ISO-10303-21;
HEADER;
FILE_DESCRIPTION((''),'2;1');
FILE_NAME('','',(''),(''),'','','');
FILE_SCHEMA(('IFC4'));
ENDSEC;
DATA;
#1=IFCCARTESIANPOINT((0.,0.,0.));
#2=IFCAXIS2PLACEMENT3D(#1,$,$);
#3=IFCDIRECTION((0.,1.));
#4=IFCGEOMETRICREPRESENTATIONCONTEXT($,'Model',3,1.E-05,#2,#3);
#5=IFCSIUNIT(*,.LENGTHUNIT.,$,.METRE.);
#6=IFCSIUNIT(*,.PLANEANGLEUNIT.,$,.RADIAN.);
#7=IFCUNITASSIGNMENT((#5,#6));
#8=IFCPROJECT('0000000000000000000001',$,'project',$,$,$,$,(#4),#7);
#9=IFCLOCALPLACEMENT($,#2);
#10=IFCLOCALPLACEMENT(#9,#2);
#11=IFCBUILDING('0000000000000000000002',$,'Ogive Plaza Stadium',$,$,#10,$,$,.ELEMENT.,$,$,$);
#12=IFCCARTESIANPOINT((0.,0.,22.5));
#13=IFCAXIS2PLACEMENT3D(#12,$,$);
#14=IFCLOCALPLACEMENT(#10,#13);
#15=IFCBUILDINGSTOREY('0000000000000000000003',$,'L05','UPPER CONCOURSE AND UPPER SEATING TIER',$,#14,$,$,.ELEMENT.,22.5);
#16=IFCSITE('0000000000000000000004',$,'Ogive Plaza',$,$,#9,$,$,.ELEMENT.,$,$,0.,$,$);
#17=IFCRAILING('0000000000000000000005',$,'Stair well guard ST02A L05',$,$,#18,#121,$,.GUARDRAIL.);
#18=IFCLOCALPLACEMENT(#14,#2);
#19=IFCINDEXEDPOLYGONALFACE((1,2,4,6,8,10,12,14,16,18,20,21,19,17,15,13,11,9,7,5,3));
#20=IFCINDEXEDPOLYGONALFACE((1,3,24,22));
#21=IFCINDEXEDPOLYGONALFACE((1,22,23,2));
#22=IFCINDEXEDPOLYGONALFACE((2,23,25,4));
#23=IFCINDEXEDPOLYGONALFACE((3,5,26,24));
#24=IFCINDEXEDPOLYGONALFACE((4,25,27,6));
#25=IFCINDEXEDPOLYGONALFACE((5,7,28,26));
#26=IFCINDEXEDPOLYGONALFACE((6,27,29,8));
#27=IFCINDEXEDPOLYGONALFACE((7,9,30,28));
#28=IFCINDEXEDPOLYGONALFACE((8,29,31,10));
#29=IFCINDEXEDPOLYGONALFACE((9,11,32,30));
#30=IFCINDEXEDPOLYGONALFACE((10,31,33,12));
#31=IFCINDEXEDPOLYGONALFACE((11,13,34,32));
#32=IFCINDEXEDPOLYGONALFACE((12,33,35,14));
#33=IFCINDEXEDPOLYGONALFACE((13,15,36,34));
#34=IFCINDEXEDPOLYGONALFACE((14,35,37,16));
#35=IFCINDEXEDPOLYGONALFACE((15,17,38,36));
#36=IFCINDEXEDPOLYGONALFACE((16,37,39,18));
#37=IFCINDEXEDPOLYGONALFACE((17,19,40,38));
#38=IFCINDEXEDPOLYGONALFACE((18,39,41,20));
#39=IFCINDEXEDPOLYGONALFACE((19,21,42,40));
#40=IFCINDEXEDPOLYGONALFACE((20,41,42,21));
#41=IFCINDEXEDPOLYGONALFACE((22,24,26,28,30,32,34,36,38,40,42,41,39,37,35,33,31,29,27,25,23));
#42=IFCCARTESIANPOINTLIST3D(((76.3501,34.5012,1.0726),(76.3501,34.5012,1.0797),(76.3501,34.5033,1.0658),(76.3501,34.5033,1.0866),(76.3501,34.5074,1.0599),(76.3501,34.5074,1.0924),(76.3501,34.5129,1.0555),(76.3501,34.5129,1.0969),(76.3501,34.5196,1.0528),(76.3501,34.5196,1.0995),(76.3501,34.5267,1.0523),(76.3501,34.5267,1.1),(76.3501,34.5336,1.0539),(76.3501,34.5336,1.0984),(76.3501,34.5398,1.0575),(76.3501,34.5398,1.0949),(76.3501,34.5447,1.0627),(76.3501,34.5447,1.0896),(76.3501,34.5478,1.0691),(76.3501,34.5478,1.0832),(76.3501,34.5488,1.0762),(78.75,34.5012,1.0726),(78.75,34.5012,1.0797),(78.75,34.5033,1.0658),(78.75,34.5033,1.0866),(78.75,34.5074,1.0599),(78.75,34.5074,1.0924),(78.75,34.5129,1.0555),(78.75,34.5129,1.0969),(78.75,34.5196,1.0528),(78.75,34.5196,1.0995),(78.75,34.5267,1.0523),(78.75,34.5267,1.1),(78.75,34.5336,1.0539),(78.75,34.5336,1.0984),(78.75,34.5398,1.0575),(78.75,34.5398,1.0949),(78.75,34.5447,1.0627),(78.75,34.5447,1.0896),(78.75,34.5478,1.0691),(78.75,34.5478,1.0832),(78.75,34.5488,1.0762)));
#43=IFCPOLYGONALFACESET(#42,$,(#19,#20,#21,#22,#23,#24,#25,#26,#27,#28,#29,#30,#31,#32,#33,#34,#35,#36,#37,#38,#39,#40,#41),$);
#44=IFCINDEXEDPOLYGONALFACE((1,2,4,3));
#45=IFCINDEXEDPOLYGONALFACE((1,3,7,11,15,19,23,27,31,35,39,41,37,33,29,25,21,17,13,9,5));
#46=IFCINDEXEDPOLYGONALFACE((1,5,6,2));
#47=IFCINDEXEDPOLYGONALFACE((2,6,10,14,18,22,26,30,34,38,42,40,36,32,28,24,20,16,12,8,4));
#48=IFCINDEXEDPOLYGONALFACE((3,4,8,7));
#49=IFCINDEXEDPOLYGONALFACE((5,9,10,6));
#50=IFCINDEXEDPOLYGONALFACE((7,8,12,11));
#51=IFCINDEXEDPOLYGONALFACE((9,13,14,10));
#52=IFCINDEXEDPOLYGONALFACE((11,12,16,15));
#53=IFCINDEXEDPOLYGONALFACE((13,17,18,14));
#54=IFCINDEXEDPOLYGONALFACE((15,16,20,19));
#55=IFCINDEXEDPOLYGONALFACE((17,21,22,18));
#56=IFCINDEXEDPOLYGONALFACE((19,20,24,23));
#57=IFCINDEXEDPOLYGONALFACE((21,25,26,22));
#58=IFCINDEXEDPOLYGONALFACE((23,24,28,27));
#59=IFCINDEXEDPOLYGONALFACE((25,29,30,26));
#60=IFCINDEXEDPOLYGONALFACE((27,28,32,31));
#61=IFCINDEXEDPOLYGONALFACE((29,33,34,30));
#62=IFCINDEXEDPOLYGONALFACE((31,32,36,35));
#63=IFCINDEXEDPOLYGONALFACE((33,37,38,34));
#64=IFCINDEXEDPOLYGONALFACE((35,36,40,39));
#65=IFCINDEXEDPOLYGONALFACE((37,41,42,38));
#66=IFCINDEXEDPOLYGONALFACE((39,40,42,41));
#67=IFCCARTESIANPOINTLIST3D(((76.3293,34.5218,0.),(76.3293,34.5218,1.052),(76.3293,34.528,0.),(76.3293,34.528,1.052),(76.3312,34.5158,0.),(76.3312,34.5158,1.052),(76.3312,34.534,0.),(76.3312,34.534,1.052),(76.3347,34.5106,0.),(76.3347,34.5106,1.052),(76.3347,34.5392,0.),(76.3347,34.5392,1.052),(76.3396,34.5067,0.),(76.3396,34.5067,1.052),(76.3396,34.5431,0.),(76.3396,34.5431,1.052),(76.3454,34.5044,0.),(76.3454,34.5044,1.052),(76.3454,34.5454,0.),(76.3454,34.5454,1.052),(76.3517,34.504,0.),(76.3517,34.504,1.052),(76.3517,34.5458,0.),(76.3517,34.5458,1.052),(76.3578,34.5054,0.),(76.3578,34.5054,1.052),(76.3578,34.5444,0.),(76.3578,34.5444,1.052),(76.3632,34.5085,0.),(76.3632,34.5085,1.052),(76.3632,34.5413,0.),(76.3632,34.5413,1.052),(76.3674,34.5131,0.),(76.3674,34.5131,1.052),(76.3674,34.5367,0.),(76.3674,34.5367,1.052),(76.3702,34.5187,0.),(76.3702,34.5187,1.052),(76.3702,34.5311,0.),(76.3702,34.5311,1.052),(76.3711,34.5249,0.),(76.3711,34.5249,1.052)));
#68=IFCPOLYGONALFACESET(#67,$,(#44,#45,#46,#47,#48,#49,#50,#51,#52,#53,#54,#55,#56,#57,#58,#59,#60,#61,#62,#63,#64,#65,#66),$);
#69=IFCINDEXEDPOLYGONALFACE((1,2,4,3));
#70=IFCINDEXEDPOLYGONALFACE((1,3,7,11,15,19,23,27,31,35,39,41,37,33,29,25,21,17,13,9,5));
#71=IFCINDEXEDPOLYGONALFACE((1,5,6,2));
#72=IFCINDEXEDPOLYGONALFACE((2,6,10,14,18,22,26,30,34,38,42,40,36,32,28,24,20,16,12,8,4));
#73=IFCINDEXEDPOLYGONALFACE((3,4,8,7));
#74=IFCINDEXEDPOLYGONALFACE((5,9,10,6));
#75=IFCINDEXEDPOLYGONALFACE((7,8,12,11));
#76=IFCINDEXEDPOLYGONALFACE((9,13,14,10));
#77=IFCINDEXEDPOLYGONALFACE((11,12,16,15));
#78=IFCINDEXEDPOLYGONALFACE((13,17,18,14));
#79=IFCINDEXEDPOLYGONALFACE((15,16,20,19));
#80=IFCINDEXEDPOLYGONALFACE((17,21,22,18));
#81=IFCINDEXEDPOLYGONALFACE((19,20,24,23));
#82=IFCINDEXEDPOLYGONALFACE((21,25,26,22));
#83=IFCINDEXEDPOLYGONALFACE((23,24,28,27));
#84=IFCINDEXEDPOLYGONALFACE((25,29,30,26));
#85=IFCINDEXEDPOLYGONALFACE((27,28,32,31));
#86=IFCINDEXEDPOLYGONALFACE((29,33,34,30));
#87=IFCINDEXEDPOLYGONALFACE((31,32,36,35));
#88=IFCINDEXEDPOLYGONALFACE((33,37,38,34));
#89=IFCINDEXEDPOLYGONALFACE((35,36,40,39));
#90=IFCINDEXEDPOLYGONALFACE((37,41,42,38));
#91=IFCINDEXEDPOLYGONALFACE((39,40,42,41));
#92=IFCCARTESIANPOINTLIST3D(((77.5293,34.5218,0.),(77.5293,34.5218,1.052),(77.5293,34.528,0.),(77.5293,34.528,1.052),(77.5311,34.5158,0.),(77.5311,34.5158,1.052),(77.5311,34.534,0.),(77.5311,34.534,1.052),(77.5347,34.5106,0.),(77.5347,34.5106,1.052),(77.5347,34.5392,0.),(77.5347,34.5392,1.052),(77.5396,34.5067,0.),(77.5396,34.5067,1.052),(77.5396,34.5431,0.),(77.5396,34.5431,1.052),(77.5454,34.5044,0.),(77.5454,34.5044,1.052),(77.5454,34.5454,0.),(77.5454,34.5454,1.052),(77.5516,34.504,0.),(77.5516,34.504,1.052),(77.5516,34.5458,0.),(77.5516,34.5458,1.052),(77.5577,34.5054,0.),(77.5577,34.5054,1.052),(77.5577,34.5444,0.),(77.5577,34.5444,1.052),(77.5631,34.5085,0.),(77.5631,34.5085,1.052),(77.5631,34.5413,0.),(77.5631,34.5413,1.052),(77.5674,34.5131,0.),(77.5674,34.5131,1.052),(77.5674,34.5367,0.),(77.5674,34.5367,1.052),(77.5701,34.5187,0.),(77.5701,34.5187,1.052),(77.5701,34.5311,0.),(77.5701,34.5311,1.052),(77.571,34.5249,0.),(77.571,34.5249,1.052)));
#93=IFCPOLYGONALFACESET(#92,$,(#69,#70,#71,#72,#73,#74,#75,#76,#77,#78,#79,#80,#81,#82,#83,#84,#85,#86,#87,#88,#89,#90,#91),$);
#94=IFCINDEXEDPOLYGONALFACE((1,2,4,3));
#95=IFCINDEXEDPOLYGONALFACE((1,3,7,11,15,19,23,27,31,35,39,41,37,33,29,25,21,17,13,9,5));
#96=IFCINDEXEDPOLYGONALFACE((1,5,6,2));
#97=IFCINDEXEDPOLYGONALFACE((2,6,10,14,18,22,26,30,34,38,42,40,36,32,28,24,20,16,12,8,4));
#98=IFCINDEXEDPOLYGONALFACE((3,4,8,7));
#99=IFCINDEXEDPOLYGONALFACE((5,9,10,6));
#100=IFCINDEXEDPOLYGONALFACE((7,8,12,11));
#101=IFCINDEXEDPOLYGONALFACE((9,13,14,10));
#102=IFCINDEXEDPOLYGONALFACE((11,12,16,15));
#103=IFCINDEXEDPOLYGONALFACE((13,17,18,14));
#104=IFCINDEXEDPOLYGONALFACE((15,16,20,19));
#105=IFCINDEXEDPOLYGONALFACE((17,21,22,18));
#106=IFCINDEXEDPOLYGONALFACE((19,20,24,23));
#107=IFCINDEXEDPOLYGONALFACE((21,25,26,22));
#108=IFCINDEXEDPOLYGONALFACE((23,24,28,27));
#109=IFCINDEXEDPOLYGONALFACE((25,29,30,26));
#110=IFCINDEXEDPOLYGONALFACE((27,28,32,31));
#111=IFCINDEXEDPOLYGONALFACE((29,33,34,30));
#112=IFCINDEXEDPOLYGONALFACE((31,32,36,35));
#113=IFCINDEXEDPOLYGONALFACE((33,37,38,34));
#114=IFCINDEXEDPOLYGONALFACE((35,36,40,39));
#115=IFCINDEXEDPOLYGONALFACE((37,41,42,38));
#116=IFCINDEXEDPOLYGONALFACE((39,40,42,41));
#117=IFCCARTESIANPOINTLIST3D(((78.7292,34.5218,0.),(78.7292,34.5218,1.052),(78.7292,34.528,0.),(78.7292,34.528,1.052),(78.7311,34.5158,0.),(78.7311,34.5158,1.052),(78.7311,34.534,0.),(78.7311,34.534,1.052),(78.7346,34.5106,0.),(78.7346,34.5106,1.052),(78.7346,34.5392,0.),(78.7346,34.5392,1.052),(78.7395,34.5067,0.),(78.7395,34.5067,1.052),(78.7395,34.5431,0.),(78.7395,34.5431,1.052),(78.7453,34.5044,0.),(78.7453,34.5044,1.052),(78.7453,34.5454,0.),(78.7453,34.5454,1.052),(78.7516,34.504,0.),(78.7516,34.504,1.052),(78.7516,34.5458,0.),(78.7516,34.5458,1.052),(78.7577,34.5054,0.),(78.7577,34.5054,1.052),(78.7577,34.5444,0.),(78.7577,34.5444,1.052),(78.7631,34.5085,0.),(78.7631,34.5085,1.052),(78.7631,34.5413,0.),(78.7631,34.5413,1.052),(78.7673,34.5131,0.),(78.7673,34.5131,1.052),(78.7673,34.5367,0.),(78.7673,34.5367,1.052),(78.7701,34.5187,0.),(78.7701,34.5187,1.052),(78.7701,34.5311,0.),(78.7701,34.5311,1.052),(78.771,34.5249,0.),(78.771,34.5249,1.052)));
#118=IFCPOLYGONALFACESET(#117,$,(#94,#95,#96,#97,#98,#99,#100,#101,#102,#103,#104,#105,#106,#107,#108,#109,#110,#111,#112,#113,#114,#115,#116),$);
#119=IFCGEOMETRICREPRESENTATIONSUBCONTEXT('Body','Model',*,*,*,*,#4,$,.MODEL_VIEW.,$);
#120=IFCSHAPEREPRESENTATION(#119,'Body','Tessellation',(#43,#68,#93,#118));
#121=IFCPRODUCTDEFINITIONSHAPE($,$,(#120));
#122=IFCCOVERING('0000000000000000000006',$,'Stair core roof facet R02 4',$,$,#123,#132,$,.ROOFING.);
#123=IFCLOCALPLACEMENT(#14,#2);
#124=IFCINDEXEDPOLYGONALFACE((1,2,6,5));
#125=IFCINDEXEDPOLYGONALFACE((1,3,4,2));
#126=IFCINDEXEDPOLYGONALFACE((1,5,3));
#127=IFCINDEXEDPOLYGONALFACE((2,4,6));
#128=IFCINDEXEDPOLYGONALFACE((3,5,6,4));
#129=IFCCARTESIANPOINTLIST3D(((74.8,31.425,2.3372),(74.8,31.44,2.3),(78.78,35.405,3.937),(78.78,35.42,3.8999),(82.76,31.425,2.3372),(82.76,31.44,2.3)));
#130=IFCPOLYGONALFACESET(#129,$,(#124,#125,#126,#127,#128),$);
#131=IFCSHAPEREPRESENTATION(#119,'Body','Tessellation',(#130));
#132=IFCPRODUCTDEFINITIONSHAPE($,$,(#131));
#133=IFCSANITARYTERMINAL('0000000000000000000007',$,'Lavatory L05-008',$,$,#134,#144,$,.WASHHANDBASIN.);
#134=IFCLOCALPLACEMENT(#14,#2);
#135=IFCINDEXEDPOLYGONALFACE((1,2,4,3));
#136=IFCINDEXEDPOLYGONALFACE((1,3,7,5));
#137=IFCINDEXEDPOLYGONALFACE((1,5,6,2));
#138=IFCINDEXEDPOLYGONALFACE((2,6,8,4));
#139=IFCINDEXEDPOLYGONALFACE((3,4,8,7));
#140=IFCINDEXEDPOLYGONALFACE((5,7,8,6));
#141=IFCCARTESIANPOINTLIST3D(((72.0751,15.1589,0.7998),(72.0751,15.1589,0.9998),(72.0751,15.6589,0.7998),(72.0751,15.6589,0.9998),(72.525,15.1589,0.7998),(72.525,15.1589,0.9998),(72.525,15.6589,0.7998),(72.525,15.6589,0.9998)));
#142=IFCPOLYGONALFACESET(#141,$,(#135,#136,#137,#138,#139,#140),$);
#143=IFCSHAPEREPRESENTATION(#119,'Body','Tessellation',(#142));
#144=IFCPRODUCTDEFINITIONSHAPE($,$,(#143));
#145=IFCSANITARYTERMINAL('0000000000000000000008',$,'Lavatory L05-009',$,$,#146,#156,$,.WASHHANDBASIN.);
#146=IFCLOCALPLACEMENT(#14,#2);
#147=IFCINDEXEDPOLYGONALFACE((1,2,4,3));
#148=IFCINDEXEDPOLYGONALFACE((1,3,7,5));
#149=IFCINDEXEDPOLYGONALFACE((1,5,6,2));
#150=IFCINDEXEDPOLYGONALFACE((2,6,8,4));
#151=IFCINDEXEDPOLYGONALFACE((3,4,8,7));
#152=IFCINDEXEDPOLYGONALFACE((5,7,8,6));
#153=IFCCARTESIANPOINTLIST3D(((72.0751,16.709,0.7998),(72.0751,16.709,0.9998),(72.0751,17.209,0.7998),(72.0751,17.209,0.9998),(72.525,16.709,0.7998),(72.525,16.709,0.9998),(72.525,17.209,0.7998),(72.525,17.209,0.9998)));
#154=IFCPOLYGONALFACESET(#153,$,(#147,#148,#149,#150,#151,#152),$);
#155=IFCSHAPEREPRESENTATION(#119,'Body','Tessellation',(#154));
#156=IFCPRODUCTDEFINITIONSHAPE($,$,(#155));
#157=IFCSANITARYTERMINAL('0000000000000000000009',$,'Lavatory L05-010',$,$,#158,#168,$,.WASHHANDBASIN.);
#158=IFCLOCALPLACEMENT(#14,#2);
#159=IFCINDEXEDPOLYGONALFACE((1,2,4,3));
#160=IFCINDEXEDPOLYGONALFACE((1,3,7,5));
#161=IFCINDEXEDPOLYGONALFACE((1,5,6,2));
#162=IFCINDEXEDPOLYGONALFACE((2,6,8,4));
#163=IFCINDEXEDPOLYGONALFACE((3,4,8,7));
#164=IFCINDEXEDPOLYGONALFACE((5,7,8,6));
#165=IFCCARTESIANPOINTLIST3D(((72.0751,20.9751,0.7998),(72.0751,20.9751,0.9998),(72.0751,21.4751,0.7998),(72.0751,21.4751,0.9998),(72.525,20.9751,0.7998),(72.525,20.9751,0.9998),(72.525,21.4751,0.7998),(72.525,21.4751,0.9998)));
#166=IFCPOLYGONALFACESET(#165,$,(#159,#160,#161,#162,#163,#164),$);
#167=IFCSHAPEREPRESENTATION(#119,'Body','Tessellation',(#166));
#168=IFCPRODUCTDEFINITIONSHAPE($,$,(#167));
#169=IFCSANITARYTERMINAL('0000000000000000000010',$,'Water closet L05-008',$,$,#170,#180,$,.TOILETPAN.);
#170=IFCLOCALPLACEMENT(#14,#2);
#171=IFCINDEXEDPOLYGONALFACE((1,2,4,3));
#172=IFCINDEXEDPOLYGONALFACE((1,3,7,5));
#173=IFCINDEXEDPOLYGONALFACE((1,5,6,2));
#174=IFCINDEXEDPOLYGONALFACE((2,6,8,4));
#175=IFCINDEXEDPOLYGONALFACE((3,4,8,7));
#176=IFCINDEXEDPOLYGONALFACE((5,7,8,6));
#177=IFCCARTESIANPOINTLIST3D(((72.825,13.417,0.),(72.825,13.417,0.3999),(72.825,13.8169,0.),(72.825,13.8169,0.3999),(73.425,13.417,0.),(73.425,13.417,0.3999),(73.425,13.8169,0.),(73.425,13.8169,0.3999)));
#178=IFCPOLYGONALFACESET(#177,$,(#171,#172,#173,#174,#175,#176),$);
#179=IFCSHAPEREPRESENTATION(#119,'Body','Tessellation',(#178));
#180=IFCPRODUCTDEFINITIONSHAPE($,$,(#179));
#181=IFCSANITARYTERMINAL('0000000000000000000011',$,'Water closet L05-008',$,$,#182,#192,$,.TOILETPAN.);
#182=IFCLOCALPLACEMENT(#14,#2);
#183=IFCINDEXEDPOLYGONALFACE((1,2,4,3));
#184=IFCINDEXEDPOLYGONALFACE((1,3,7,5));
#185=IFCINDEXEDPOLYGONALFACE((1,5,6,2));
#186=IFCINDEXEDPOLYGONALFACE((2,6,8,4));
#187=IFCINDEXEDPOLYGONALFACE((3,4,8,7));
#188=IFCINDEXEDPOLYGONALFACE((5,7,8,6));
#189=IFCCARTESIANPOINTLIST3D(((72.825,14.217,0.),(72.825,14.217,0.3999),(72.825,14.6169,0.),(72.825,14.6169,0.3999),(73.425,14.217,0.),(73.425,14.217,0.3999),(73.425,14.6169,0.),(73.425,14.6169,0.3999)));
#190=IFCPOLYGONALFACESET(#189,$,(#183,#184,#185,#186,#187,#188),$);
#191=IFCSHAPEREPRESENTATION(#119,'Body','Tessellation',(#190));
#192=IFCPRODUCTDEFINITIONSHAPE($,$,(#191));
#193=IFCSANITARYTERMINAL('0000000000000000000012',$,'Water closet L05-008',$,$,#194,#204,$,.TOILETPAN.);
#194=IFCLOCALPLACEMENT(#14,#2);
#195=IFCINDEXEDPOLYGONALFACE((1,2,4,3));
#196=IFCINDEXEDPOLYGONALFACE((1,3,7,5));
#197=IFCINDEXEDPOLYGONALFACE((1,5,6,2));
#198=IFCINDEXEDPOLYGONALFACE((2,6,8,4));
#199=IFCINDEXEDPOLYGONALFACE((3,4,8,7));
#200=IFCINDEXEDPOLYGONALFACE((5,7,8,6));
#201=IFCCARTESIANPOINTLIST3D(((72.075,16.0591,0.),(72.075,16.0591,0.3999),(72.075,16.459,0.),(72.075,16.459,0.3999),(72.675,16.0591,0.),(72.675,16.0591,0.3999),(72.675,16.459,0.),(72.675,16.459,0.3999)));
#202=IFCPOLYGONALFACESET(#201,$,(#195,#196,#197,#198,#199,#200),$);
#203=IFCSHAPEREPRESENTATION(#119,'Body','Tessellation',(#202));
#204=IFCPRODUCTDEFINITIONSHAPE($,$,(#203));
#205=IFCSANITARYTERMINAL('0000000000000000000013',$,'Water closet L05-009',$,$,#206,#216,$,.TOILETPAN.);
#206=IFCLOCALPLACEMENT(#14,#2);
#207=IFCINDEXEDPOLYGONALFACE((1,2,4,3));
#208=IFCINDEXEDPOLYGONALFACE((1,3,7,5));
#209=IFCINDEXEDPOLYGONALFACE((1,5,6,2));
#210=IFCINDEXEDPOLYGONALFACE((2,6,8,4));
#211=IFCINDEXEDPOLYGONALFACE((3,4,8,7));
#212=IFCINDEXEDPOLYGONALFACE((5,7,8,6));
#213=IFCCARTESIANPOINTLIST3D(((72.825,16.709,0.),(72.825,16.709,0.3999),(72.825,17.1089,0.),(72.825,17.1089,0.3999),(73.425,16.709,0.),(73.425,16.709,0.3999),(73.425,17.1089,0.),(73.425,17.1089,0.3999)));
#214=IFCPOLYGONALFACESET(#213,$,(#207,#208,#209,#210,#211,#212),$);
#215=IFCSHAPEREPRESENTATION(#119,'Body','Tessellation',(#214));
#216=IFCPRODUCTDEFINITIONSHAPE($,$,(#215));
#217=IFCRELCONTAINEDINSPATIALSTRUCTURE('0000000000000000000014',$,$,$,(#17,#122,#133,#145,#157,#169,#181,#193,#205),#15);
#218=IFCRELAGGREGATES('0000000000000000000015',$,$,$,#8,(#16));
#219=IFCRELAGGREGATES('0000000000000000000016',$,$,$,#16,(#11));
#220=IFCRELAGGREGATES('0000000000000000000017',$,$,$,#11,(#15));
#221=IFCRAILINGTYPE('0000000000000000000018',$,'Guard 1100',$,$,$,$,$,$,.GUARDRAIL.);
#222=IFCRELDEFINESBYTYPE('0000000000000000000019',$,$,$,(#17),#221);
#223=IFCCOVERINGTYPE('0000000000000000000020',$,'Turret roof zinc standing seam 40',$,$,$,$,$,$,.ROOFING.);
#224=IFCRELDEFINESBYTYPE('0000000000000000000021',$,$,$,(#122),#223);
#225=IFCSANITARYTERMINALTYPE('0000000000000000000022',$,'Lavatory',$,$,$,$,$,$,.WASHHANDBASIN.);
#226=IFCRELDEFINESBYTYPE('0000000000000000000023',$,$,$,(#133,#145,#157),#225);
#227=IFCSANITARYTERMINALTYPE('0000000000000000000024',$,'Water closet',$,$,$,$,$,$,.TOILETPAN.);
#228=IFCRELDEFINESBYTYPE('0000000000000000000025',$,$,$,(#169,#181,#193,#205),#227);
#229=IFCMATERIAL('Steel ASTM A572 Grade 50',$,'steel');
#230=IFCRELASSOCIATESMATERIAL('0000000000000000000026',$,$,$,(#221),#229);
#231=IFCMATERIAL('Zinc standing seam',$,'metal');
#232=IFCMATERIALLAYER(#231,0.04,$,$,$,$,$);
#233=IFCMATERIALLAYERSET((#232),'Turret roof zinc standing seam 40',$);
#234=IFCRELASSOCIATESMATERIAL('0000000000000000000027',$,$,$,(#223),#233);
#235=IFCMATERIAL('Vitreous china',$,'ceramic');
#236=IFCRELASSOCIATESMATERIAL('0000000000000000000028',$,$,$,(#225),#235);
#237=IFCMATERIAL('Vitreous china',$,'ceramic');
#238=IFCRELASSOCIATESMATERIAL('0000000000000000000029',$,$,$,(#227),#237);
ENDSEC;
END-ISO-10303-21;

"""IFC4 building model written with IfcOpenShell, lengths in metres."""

from ifc_helpers import new_model, si_unit, direction, frame, origin, origin_2d, place, context, subcontext, project, spatial, polyline, rectangle, circle, outline, extrude, material, layer, layer_set, type_object, element, save


model = new_model("IFC4")

# Units and contexts
model_context = context("Model", 3, precision=1e-05, world=origin(), true_north=direction((0.0, 1.0)))
body_context = subcontext(model_context, "Body", "Model", "MODEL_VIEW")
ifc_project = project(units=[si_unit("LENGTHUNIT", "METRE"), si_unit("PLANEANGLEUNIT", "RADIAN")], contexts=[model_context])

# Site, building, storey
site_placement = place(None, origin())
site = spatial("IfcSite", under=ifc_project, at=site_placement, Name="Ogive Plaza", CompositionType="ELEMENT", RefElevation=0.0)
building_placement = place(site_placement, origin())
building = spatial("IfcBuilding", under=site, at=building_placement, Name="Ogive Plaza Stadium", CompositionType="ELEMENT")
storey_placement = place(building_placement, frame((0.0, 0.0, 22.5)))
storey = spatial("IfcBuildingStorey", under=building, at=storey_placement, Name="L05", Description="UPPER CONCOURSE AND UPPER SEATING TIER", CompositionType="ELEMENT", Elevation=22.5)

# Railing
ifc_material_1 = material(Name="Steel ASTM A572 Grade 50", Category="steel")
railing_type = type_object("IfcRailingType", Name="Guard 1100", PredefinedType="GUARDRAIL", material=ifc_material_1)
railing_placement = place(storey_placement, frame((76.3501, 34.5249, 0.0)))
element("IfcRailing", 1, at=railing_placement, inside=storey, type_object=railing_type, Name="Stair well guard ST02A L05", PredefinedType="GUARDRAIL", context=body_context, shape_type="SweptSolid", body=[
    extrude(circle(Radius=0.0239, at=origin_2d()), frame((0.0, 0.0, 1.0762), z_axis=(1.0, 0.0, 0.0), x_axis=(0.0, 1.0, 0.0)), (0.0, 0.0, 1.0), 2.3999),
    extrude(circle(Radius=0.021, at=origin_2d()), origin(), (0.0, 0.0, 1.0), 1.052),
    extrude(circle(Radius=0.021, at=origin_2d()), frame((1.2, 0.0, 0.0)), (0.0, 0.0, 1.0), 1.052),
    extrude(circle(Radius=0.021, at=origin_2d()), frame((2.3999, 0.0, 0.0)), (0.0, 0.0, 1.0), 1.052),
])

# Covering
ifc_material_2 = material(Name="Zinc standing seam", Category="metal")
ifc_layer_1 = layer(ifc_material_2, 0.04)
ifc_layer_set_1 = layer_set([ifc_layer_1], Name="Turret roof zinc standing seam 40")
covering_type = type_object("IfcCoveringType", Name="Turret roof zinc standing seam 40", PredefinedType="ROOFING", material=ifc_layer_set_1)
covering_placement = place(storey_placement, frame((74.8, 31.425, 2.3372), z_axis=(0.0, -0.37297, 0.927843), x_axis=(1.0, 0.0, 0.0)))
element("IfcCovering", 2, at=covering_placement, inside=storey, type_object=covering_type, Name="Stair core roof facet R02 4", PredefinedType="ROOFING", context=body_context, shape_type="SweptSolid", body=[
    extrude(outline(polyline([(0.0, 0.0), (7.96, 0.0), (3.98, 4.2895), (0.0, 0.0)])), origin(), (0.0, 0.0, -1.0), 0.04),
])

# Sanitary terminals
ifc_material_3 = material(Name="Vitreous china", Category="ceramic")
sanitary_terminal_type_1 = type_object("IfcSanitaryTerminalType", Name="Lavatory", PredefinedType="WASHHANDBASIN", material=ifc_material_3)
for number, where, z_axis, x_axis, name in (
    (3, (72.3, 15.4089, 0.7998), (0.0, 0.0, 1.0), (0.0, -1.0, 0.0), "Lavatory L05-008"),
    (4, (72.3, 16.959, 0.7998), (0.0, 0.0, 1.0), (0.0, 1.0, 0.0), "Lavatory L05-009"),
    (5, (72.3, 21.2251, 0.7998), (0.0, 0.0, 1.0), (0.0, -1.0, 0.0), "Lavatory L05-010"),
):
    element("IfcSanitaryTerminal", number, at=place(storey_placement, frame(where, z_axis=z_axis, x_axis=x_axis)), inside=storey, type_object=sanitary_terminal_type_1, Name=name, PredefinedType="WASHHANDBASIN", context=body_context, shape_type="SweptSolid", body=[
        extrude(rectangle(XDim=0.5, YDim=0.45, at=origin_2d()), origin(), (0.0, 0.0, 1.0), 0.2),
    ])
ifc_material_4 = material(Name="Vitreous china", Category="ceramic")
sanitary_terminal_type_2 = type_object("IfcSanitaryTerminalType", Name="Water closet", PredefinedType="TOILETPAN", material=ifc_material_4)
for number, where, z_axis, x_axis, name in (
    (6, (73.125, 13.6169, 0.0), (0.0, 0.0, 1.0), (0.0, 1.0, 0.0), "Water closet L05-008"),
    (7, (73.125, 14.417, 0.0), (0.0, 0.0, 1.0), (0.0, 1.0, 0.0), "Water closet L05-008"),
    (8, (72.375, 16.259, 0.0), (0.0, 0.0, 1.0), (0.0, -1.0, 0.0), "Water closet L05-008"),
    (9, (73.125, 16.9089, 0.0), (0.0, 0.0, 1.0), (0.0, 1.0, 0.0), "Water closet L05-009"),
):
    element("IfcSanitaryTerminal", number, at=place(storey_placement, frame(where, z_axis=z_axis, x_axis=x_axis)), inside=storey, type_object=sanitary_terminal_type_2, Name=name, PredefinedType="TOILETPAN", context=body_context, shape_type="SweptSolid", body=[
        extrude(rectangle(XDim=0.3999, YDim=0.6001, at=origin_2d()), origin(), (0.0, 0.0, 1.0), 0.3999),
    ])

save(model, "model.ifc")
